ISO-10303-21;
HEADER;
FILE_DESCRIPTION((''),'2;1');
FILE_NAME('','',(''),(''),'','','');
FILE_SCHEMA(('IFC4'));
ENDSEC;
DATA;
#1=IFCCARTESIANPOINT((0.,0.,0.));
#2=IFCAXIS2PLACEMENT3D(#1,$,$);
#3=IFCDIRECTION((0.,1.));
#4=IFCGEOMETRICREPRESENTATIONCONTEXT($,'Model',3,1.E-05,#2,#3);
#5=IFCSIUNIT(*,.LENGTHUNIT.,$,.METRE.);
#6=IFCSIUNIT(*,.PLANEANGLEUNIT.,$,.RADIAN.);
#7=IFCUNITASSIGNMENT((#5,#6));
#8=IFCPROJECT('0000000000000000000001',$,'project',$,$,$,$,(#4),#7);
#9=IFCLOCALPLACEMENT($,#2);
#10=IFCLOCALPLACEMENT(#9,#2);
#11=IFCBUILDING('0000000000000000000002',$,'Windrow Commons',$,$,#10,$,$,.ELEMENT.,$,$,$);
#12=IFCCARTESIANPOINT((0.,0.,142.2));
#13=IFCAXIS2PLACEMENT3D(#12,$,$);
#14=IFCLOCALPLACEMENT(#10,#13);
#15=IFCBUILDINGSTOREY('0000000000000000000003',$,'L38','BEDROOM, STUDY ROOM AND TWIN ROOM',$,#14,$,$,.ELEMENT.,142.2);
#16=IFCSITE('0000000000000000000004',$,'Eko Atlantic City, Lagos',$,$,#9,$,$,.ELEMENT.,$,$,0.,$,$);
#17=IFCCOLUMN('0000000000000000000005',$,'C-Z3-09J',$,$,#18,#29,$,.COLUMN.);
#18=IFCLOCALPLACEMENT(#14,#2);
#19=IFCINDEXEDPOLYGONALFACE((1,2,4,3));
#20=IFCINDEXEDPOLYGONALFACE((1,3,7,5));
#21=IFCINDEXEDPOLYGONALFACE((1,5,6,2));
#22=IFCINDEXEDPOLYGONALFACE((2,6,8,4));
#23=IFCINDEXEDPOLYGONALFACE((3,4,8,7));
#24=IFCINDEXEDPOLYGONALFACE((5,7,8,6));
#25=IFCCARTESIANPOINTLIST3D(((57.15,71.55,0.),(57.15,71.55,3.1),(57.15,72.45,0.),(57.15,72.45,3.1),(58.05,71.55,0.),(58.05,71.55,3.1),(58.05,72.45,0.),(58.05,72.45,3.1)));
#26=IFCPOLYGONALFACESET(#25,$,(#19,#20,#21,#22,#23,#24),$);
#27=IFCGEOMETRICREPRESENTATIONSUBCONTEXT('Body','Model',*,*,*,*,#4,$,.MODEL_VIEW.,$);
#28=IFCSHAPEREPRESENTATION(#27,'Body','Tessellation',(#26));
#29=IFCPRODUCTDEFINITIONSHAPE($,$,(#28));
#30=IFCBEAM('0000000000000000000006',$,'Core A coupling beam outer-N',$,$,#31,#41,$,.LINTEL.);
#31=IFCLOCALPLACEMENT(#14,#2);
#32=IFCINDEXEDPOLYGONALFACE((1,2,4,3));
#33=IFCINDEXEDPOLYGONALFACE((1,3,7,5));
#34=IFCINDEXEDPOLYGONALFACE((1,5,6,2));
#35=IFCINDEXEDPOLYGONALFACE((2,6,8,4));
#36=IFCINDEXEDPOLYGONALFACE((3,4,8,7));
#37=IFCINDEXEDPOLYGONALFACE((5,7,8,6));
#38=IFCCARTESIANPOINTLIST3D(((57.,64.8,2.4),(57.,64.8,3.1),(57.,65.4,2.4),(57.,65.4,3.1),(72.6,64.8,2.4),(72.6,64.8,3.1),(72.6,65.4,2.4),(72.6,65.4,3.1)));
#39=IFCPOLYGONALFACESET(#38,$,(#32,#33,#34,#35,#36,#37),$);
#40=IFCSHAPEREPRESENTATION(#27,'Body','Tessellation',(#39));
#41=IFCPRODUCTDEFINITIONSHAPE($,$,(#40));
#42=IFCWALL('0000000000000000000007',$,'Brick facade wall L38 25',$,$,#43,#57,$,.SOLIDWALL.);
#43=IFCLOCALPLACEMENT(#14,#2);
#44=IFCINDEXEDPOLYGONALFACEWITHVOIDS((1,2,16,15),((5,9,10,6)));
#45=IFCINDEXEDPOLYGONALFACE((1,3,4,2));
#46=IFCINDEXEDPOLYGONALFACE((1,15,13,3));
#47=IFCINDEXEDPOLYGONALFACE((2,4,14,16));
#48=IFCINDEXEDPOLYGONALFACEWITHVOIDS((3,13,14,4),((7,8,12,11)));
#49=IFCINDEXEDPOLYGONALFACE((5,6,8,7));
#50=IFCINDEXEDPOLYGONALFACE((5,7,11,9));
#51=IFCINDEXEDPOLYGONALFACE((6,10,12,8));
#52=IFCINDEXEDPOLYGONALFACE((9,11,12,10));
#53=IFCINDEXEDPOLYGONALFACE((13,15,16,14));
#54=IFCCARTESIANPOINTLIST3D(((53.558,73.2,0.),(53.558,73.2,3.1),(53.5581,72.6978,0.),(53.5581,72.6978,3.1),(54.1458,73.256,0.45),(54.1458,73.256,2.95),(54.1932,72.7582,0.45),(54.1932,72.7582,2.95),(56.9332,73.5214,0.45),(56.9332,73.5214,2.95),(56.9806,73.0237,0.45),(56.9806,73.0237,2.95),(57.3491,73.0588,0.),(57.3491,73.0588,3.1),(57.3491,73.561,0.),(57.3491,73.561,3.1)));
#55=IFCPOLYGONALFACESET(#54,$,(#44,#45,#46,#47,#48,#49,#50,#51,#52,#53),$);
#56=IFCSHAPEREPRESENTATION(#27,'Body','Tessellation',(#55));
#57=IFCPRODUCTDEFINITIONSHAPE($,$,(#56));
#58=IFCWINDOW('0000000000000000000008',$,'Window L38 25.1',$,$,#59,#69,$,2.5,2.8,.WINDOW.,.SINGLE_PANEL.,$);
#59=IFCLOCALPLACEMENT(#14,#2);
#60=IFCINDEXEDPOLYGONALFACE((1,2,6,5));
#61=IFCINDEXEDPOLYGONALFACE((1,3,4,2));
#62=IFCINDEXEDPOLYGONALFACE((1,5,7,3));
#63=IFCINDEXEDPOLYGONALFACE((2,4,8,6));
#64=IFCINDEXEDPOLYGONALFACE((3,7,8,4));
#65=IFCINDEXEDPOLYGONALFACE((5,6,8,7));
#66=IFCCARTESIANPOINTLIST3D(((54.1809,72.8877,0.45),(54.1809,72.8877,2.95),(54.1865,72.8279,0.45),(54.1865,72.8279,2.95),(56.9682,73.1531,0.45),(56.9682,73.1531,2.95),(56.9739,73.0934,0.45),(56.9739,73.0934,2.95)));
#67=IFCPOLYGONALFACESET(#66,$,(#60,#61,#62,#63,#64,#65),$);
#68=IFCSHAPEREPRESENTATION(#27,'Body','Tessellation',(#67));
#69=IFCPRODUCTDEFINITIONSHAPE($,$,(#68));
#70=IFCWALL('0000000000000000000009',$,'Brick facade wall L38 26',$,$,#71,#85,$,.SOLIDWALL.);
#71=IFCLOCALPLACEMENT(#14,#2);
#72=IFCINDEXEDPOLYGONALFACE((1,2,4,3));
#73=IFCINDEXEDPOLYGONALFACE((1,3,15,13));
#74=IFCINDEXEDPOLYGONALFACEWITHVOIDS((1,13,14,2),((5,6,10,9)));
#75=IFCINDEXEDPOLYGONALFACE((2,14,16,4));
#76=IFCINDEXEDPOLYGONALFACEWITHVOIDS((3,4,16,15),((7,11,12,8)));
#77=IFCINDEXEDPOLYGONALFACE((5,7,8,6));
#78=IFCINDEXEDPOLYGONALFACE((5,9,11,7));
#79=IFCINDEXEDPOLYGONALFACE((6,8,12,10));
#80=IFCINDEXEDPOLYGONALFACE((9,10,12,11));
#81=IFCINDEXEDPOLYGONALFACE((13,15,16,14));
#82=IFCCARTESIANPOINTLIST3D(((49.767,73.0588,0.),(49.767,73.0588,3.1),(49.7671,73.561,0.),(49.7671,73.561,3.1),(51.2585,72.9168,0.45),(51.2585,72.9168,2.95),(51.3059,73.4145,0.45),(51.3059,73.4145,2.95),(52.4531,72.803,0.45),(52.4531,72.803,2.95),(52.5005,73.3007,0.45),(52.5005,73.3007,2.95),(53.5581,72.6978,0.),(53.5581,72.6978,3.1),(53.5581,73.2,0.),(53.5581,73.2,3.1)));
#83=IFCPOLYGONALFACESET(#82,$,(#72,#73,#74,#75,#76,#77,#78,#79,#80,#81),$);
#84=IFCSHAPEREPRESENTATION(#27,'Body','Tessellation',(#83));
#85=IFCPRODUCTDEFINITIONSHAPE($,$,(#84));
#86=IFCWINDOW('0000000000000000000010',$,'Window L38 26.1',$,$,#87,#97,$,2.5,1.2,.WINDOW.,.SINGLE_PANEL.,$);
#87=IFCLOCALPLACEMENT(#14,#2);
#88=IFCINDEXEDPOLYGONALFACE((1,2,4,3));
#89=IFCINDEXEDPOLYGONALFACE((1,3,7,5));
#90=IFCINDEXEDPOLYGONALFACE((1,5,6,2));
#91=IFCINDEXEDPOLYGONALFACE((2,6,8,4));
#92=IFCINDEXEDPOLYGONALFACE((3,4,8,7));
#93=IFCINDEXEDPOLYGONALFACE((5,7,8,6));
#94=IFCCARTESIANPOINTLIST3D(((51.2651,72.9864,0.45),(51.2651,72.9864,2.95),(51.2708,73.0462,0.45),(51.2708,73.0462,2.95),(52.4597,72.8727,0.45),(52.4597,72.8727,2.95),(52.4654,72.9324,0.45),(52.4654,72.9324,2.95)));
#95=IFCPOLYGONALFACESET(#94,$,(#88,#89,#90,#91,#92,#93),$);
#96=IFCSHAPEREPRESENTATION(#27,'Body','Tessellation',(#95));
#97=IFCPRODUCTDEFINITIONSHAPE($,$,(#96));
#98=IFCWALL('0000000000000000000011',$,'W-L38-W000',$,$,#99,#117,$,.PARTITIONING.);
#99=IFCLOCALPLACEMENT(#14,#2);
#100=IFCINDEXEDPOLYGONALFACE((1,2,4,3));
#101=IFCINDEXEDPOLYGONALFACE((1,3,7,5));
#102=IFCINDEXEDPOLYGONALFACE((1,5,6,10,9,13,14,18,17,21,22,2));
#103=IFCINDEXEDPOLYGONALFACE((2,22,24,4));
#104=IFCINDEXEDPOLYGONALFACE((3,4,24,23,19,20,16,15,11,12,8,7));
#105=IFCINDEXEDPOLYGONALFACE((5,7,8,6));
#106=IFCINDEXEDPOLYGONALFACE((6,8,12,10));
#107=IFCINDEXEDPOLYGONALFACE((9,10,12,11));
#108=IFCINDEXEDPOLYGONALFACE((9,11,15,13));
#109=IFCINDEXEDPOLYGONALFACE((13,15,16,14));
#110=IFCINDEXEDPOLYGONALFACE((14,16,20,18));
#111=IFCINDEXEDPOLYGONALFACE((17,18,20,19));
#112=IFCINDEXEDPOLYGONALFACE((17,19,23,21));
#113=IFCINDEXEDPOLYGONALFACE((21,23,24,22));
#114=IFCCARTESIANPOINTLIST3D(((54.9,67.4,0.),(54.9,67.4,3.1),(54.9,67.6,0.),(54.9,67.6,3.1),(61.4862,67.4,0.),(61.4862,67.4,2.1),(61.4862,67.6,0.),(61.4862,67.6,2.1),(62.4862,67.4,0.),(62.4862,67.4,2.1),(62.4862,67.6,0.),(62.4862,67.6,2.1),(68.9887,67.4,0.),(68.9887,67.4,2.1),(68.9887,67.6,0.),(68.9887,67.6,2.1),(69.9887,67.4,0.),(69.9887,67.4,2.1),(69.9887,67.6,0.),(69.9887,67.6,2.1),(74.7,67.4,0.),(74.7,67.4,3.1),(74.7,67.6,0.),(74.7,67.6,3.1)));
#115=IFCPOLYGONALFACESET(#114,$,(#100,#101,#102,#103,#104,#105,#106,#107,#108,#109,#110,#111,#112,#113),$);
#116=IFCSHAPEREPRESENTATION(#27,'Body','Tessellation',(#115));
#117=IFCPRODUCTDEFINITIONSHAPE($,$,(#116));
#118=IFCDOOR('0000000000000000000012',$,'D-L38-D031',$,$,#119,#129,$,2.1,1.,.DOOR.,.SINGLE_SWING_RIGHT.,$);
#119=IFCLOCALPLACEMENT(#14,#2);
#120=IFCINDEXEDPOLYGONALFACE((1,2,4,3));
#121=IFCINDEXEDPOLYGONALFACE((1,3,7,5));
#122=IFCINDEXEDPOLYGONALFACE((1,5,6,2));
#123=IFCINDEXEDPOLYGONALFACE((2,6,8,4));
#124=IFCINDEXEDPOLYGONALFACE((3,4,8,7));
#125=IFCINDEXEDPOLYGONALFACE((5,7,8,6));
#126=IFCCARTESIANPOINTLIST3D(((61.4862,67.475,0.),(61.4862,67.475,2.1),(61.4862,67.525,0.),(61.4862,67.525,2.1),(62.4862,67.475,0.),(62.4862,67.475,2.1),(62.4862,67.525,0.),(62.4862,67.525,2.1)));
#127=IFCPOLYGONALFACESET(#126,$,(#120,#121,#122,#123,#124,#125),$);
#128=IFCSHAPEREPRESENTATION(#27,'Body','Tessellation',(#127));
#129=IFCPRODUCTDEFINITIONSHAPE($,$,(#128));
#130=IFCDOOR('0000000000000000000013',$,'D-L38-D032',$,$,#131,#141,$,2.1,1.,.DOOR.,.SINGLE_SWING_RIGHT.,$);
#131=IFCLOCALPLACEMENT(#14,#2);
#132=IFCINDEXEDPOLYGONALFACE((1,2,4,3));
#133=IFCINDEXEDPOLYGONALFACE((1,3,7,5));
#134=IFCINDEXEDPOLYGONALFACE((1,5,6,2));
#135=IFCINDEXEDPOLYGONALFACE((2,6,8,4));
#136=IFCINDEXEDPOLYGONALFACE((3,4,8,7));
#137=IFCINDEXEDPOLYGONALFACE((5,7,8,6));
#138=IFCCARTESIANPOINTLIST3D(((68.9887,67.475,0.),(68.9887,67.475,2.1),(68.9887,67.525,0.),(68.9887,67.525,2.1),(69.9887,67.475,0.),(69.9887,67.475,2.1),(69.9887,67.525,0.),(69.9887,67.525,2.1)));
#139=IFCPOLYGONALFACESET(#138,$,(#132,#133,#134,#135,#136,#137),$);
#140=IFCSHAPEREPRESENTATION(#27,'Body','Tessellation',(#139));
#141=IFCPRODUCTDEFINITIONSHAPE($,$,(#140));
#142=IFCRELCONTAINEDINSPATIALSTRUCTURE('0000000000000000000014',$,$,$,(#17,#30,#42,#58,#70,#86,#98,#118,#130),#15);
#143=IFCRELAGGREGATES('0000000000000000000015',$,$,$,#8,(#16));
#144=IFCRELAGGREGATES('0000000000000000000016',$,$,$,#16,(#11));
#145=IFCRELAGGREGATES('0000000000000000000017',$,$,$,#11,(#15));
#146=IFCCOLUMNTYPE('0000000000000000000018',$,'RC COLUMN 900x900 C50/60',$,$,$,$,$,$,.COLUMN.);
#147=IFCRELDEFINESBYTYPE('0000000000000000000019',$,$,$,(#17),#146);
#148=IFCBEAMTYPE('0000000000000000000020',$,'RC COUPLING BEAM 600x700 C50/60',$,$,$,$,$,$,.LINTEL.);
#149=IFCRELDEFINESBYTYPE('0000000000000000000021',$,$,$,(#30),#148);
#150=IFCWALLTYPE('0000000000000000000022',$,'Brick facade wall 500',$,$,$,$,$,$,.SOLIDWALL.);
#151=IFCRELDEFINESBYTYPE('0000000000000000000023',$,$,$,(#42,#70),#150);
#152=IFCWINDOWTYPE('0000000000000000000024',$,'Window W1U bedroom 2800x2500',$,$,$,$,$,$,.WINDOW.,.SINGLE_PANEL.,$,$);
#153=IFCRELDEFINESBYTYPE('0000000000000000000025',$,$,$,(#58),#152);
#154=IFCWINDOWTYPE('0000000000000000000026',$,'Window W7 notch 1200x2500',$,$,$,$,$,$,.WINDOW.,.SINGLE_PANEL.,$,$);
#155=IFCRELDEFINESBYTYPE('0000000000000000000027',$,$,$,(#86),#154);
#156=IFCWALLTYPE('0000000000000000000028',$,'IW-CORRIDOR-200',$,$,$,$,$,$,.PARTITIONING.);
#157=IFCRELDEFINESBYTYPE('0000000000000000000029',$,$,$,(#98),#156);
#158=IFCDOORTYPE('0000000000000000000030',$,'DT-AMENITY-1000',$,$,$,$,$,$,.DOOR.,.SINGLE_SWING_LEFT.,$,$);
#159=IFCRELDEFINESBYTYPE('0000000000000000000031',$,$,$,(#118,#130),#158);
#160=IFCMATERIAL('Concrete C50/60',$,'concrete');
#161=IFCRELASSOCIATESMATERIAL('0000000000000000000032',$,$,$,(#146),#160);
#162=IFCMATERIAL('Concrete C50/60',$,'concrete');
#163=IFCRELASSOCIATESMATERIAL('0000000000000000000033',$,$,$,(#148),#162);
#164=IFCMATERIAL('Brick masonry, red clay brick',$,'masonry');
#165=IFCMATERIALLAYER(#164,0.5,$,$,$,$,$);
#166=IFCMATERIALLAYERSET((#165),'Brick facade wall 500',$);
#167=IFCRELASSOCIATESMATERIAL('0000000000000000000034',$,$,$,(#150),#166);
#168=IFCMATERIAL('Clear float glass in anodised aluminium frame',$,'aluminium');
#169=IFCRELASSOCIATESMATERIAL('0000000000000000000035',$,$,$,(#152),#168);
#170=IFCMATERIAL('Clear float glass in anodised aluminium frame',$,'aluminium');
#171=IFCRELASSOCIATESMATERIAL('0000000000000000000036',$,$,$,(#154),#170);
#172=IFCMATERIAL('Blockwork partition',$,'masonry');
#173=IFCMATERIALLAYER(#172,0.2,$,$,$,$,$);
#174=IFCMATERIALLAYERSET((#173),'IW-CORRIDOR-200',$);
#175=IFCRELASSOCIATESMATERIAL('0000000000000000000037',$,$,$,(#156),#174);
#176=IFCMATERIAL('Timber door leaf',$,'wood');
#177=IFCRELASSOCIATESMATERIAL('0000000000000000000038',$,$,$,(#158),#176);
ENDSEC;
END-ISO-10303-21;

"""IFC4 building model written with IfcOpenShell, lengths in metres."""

from ifc_helpers import new_model, si_unit, direction, frame, frame_2d, origin, origin_2d, place, context, subcontext, project, spatial, polyline, rectangle, outline, extrude, material, layer, layer_set, material_profile, profile_set, type_object, element, fill, save


model = new_model("IFC4")

# Units and contexts
model_context = context("Model", 3, precision=1e-05, world=origin(), true_north=direction((0.0, 1.0)))
body_context = subcontext(model_context, "Body", "Model", "MODEL_VIEW")
ifc_project = project(units=[si_unit("LENGTHUNIT", "METRE"), si_unit("PLANEANGLEUNIT", "RADIAN")], contexts=[model_context])

# Site, building, storey
site_placement = place(None, origin())
site = spatial("IfcSite", under=ifc_project, at=site_placement, Name="Eko Atlantic City, Lagos", CompositionType="ELEMENT", RefElevation=0.0)
building_placement = place(site_placement, origin())
building = spatial("IfcBuilding", under=site, at=building_placement, Name="Windrow Commons", CompositionType="ELEMENT")
storey_placement = place(building_placement, frame((0.0, 0.0, 142.2)))
storey = spatial("IfcBuildingStorey", under=building, at=storey_placement, Name="L38", Description="BEDROOM, STUDY ROOM AND TWIN ROOM", CompositionType="ELEMENT", Elevation=142.2)

# Column
ifc_material_1 = material(Name="Concrete C50/60", Category="concrete")
ifc_material_profile_1 = material_profile(ifc_material_1, rectangle(XDim=0.9, YDim=0.9, at=origin_2d()))
ifc_profile_set_1 = profile_set([ifc_material_profile_1], Name="Concrete C50/60")
column_type = type_object("IfcColumnType", Name="RC COLUMN 900x900 C50/60", PredefinedType="COLUMN", material=ifc_profile_set_1)
column_placement = place(storey_placement, frame((57.6, 72.0, 0.0), z_axis=(0.0, 0.0, 1.0), x_axis=(1.0, 0.0, 0.0)))
element("IfcColumn", 1, at=column_placement, inside=storey, type_object=column_type, Name="C-Z3-09J", PredefinedType="COLUMN", context=body_context, shape_type="SweptSolid", body=[
    extrude(rectangle(XDim=0.9, YDim=0.9, at=origin_2d()), origin(), (0.0, 0.0, 1.0), 3.1),
])

# Beam
ifc_material_2 = material(Name="Concrete C50/60", Category="concrete")
ifc_material_profile_2 = material_profile(ifc_material_2, rectangle(XDim=0.6, YDim=0.7, at=origin_2d()))
ifc_profile_set_2 = profile_set([ifc_material_profile_2], Name="Concrete C50/60")
beam_type = type_object("IfcBeamType", Name="RC COUPLING BEAM 600x700 C50/60", PredefinedType="LINTEL", material=ifc_profile_set_2)
beam_placement = place(storey_placement, frame((57.0, 65.1, 2.75), z_axis=(1.0, 0.0, 0.0), x_axis=(0.0, 1.0, 0.0)))
element("IfcBeam", 2, at=beam_placement, inside=storey, type_object=beam_type, Name="Core A coupling beam outer-N", PredefinedType="LINTEL", context=body_context, shape_type="SweptSolid", body=[
    extrude(rectangle(XDim=0.6, YDim=0.7, at=origin_2d()), origin(), (0.0, 0.0, 1.0), 15.6),
])

# Walls, openings, windows
ifc_material_3 = material(Name="Brick masonry, red clay brick", Category="masonry")
ifc_layer_1 = layer(ifc_material_3, 0.5)
ifc_layer_set_1 = layer_set([ifc_layer_1], Name="Brick facade wall 500")
wall_type_1 = type_object("IfcWallType", Name="Brick facade wall 500", PredefinedType="SOLIDWALL", material=ifc_layer_set_1)
wall_1_placement = place(storey_placement, frame((57.3491, 73.3099, 0.0), z_axis=(0.0, 0.0, 1.0), x_axis=(-0.995497, -0.094797, 0.0)))
wall_1 = element("IfcWall", 3, at=wall_1_placement, inside=storey, type_object=wall_type_1, Name="Brick facade wall L38 25", PredefinedType="SOLIDWALL", context=body_context, shape_type="SweptSolid", body=[
    extrude(outline(polyline([(-0.0238, -0.25), (3.7844, -0.25), (3.832, 0.25), (0.0238, 0.25), (-0.0238, -0.25)])), origin(), (0.0, 0.0, 1.0), 3.1),
])
opening_1_placement = place(wall_1_placement, frame((0.394, 0.0, 0.45)))
opening_1 = element("IfcOpeningElement", 4, at=opening_1_placement, cuts=wall_1, PredefinedType="OPENING", context=body_context, shape_type="SweptSolid", body=[
    extrude(rectangle(XDim=2.8, YDim=2.5, at=frame_2d((1.4, 1.25))), frame((0.0, 0.26, 0.0), z_axis=(0.0, -1.0, 0.0), x_axis=(1.0, 0.0, 0.0)), (0.0, 0.0, 1.0), 0.52),
])
ifc_material_4 = material(Name="Clear float glass in anodised aluminium frame", Category="aluminium")
window_type_1 = type_object("IfcWindowType", Name="Window W1U bedroom 2800x2500", PartitioningType="SINGLE_PANEL", PredefinedType="WINDOW", material=ifc_material_4)
window_1_placement = place(opening_1_placement, origin())
window_1 = element("IfcWindow", 5, at=window_1_placement, inside=storey, type_object=window_type_1, Name="Window L38 25.1", OverallHeight=2.5, OverallWidth=2.8, PartitioningType="SINGLE_PANEL", PredefinedType="WINDOW", context=body_context, shape_type="SweptSolid", body=[
    extrude(rectangle(XDim=2.8, YDim=2.5, at=frame_2d((1.4, 1.25))), frame((0.0, 0.18, 0.0), z_axis=(0.0, -1.0, 0.0), x_axis=(1.0, 0.0, 0.0)), (0.0, 0.0, 1.0), 0.06),
])
fill(opening_1, window_1)
wall_2_placement = place(storey_placement, frame((53.5581, 72.9489, 0.0), z_axis=(0.0, 0.0, 1.0), x_axis=(-0.995497, 0.094797, 0.0)))
wall_2 = element("IfcWall", 6, at=wall_2_placement, inside=storey, type_object=wall_type_1, Name="Brick facade wall L38 26", PredefinedType="SOLIDWALL", context=body_context, shape_type="SweptSolid", body=[
    extrude(outline(polyline([(0.0238, -0.25), (3.832, -0.25), (3.7844, 0.25), (-0.0238, 0.25), (0.0238, -0.25)])), origin(), (0.0, 0.0, 1.0), 3.1),
])
opening_2_placement = place(wall_2_placement, frame((1.0862, 0.0, 0.45)))
opening_2 = element("IfcOpeningElement", 7, at=opening_2_placement, cuts=wall_2, PredefinedType="OPENING", context=body_context, shape_type="SweptSolid", body=[
    extrude(rectangle(XDim=1.2, YDim=2.5, at=frame_2d((0.6, 1.25))), frame((0.0, 0.26, 0.0), z_axis=(0.0, -1.0, 0.0), x_axis=(1.0, 0.0, 0.0)), (0.0, 0.0, 1.0), 0.52),
])
ifc_material_5 = material(Name="Clear float glass in anodised aluminium frame", Category="aluminium")
window_type_2 = type_object("IfcWindowType", Name="Window W7 notch 1200x2500", PartitioningType="SINGLE_PANEL", PredefinedType="WINDOW", material=ifc_material_5)
window_2_placement = place(opening_2_placement, origin())
window_2 = element("IfcWindow", 8, at=window_2_placement, inside=storey, type_object=window_type_2, Name="Window L38 26.1", OverallHeight=2.5, OverallWidth=1.2, PartitioningType="SINGLE_PANEL", PredefinedType="WINDOW", context=body_context, shape_type="SweptSolid", body=[
    extrude(rectangle(XDim=1.2, YDim=2.5, at=frame_2d((0.6, 1.25))), frame((0.0, 0.18, 0.0), z_axis=(0.0, -1.0, 0.0), x_axis=(1.0, 0.0, 0.0)), (0.0, 0.0, 1.0), 0.06),
])
fill(opening_2, window_2)

# Wall, openings, doors
ifc_material_6 = material(Name="Blockwork partition", Category="masonry")
ifc_layer_2 = layer(ifc_material_6, 0.2)
ifc_layer_set_2 = layer_set([ifc_layer_2], Name="IW-CORRIDOR-200")
wall_type_2 = type_object("IfcWallType", Name="IW-CORRIDOR-200", PredefinedType="PARTITIONING", material=ifc_layer_set_2)
wall_3_placement = place(storey_placement, frame((54.9, 67.5, 0.0), z_axis=(0.0, 0.0, 1.0), x_axis=(1.0, 0.0, 0.0)))
wall_3 = element("IfcWall", 9, at=wall_3_placement, inside=storey, type_object=wall_type_2, Name="W-L38-W000", PredefinedType="PARTITIONING", context=body_context, shape_type="SweptSolid", body=[
    extrude(rectangle(XDim=19.8, YDim=0.2, at=frame_2d((9.9, 0.0))), origin(), (0.0, 0.0, 1.0), 3.1),
])
opening_3_placement = place(wall_3_placement, frame((6.5862, 0.0, 0.0)))
opening_3 = element("IfcOpeningElement", 10, at=opening_3_placement, cuts=wall_3, PredefinedType="OPENING", context=body_context, shape_type="SweptSolid", body=[
    extrude(rectangle(XDim=1.0, YDim=2.1, at=frame_2d((0.5, 1.05))), frame((0.0, 0.11, 0.0), z_axis=(0.0, -1.0, 0.0), x_axis=(1.0, 0.0, 0.0)), (0.0, 0.0, 1.0), 0.22),
])
opening_4_placement = place(wall_3_placement, frame((14.0887, 0.0, 0.0)))
opening_4 = element("IfcOpeningElement", 11, at=opening_4_placement, cuts=wall_3, PredefinedType="OPENING", context=body_context, shape_type="SweptSolid", body=[
    extrude(rectangle(XDim=1.0, YDim=2.1, at=frame_2d((0.5, 1.05))), frame((0.0, 0.11, 0.0), z_axis=(0.0, -1.0, 0.0), x_axis=(1.0, 0.0, 0.0)), (0.0, 0.0, 1.0), 0.22),
])
ifc_material_7 = material(Name="Timber door leaf", Category="wood")
door_type_1 = type_object("IfcDoorType", Name="DT-AMENITY-1000", OperationType="SINGLE_SWING_LEFT", PredefinedType="DOOR", material=ifc_material_7)
door_1_placement = place(opening_3_placement, origin())
door_1 = element("IfcDoor", 12, at=door_1_placement, inside=storey, type_object=door_type_1, Name="D-L38-D031", OperationType="SINGLE_SWING_RIGHT", OverallHeight=2.1, OverallWidth=1.0, PredefinedType="DOOR", context=body_context, shape_type="SweptSolid", body=[
    extrude(rectangle(XDim=1.0, YDim=2.1, at=frame_2d((0.5, 1.05))), frame((0.0, 0.025, 0.0), z_axis=(0.0, -1.0, 0.0), x_axis=(1.0, 0.0, 0.0)), (0.0, 0.0, 1.0), 0.05),
])
fill(opening_3, door_1)
door_2_placement = place(opening_4_placement, origin())
door_2 = element("IfcDoor", 13, at=door_2_placement, inside=storey, type_object=door_type_1, Name="D-L38-D032", OperationType="SINGLE_SWING_RIGHT", OverallHeight=2.1, OverallWidth=1.0, PredefinedType="DOOR", context=body_context, shape_type="SweptSolid", body=[
    extrude(rectangle(XDim=1.0, YDim=2.1, at=frame_2d((0.5, 1.05))), frame((0.0, 0.025, 0.0), z_axis=(0.0, -1.0, 0.0), x_axis=(1.0, 0.0, 0.0)), (0.0, 0.0, 1.0), 0.05),
])
fill(opening_4, door_2)

save(model, "model.ifc")
